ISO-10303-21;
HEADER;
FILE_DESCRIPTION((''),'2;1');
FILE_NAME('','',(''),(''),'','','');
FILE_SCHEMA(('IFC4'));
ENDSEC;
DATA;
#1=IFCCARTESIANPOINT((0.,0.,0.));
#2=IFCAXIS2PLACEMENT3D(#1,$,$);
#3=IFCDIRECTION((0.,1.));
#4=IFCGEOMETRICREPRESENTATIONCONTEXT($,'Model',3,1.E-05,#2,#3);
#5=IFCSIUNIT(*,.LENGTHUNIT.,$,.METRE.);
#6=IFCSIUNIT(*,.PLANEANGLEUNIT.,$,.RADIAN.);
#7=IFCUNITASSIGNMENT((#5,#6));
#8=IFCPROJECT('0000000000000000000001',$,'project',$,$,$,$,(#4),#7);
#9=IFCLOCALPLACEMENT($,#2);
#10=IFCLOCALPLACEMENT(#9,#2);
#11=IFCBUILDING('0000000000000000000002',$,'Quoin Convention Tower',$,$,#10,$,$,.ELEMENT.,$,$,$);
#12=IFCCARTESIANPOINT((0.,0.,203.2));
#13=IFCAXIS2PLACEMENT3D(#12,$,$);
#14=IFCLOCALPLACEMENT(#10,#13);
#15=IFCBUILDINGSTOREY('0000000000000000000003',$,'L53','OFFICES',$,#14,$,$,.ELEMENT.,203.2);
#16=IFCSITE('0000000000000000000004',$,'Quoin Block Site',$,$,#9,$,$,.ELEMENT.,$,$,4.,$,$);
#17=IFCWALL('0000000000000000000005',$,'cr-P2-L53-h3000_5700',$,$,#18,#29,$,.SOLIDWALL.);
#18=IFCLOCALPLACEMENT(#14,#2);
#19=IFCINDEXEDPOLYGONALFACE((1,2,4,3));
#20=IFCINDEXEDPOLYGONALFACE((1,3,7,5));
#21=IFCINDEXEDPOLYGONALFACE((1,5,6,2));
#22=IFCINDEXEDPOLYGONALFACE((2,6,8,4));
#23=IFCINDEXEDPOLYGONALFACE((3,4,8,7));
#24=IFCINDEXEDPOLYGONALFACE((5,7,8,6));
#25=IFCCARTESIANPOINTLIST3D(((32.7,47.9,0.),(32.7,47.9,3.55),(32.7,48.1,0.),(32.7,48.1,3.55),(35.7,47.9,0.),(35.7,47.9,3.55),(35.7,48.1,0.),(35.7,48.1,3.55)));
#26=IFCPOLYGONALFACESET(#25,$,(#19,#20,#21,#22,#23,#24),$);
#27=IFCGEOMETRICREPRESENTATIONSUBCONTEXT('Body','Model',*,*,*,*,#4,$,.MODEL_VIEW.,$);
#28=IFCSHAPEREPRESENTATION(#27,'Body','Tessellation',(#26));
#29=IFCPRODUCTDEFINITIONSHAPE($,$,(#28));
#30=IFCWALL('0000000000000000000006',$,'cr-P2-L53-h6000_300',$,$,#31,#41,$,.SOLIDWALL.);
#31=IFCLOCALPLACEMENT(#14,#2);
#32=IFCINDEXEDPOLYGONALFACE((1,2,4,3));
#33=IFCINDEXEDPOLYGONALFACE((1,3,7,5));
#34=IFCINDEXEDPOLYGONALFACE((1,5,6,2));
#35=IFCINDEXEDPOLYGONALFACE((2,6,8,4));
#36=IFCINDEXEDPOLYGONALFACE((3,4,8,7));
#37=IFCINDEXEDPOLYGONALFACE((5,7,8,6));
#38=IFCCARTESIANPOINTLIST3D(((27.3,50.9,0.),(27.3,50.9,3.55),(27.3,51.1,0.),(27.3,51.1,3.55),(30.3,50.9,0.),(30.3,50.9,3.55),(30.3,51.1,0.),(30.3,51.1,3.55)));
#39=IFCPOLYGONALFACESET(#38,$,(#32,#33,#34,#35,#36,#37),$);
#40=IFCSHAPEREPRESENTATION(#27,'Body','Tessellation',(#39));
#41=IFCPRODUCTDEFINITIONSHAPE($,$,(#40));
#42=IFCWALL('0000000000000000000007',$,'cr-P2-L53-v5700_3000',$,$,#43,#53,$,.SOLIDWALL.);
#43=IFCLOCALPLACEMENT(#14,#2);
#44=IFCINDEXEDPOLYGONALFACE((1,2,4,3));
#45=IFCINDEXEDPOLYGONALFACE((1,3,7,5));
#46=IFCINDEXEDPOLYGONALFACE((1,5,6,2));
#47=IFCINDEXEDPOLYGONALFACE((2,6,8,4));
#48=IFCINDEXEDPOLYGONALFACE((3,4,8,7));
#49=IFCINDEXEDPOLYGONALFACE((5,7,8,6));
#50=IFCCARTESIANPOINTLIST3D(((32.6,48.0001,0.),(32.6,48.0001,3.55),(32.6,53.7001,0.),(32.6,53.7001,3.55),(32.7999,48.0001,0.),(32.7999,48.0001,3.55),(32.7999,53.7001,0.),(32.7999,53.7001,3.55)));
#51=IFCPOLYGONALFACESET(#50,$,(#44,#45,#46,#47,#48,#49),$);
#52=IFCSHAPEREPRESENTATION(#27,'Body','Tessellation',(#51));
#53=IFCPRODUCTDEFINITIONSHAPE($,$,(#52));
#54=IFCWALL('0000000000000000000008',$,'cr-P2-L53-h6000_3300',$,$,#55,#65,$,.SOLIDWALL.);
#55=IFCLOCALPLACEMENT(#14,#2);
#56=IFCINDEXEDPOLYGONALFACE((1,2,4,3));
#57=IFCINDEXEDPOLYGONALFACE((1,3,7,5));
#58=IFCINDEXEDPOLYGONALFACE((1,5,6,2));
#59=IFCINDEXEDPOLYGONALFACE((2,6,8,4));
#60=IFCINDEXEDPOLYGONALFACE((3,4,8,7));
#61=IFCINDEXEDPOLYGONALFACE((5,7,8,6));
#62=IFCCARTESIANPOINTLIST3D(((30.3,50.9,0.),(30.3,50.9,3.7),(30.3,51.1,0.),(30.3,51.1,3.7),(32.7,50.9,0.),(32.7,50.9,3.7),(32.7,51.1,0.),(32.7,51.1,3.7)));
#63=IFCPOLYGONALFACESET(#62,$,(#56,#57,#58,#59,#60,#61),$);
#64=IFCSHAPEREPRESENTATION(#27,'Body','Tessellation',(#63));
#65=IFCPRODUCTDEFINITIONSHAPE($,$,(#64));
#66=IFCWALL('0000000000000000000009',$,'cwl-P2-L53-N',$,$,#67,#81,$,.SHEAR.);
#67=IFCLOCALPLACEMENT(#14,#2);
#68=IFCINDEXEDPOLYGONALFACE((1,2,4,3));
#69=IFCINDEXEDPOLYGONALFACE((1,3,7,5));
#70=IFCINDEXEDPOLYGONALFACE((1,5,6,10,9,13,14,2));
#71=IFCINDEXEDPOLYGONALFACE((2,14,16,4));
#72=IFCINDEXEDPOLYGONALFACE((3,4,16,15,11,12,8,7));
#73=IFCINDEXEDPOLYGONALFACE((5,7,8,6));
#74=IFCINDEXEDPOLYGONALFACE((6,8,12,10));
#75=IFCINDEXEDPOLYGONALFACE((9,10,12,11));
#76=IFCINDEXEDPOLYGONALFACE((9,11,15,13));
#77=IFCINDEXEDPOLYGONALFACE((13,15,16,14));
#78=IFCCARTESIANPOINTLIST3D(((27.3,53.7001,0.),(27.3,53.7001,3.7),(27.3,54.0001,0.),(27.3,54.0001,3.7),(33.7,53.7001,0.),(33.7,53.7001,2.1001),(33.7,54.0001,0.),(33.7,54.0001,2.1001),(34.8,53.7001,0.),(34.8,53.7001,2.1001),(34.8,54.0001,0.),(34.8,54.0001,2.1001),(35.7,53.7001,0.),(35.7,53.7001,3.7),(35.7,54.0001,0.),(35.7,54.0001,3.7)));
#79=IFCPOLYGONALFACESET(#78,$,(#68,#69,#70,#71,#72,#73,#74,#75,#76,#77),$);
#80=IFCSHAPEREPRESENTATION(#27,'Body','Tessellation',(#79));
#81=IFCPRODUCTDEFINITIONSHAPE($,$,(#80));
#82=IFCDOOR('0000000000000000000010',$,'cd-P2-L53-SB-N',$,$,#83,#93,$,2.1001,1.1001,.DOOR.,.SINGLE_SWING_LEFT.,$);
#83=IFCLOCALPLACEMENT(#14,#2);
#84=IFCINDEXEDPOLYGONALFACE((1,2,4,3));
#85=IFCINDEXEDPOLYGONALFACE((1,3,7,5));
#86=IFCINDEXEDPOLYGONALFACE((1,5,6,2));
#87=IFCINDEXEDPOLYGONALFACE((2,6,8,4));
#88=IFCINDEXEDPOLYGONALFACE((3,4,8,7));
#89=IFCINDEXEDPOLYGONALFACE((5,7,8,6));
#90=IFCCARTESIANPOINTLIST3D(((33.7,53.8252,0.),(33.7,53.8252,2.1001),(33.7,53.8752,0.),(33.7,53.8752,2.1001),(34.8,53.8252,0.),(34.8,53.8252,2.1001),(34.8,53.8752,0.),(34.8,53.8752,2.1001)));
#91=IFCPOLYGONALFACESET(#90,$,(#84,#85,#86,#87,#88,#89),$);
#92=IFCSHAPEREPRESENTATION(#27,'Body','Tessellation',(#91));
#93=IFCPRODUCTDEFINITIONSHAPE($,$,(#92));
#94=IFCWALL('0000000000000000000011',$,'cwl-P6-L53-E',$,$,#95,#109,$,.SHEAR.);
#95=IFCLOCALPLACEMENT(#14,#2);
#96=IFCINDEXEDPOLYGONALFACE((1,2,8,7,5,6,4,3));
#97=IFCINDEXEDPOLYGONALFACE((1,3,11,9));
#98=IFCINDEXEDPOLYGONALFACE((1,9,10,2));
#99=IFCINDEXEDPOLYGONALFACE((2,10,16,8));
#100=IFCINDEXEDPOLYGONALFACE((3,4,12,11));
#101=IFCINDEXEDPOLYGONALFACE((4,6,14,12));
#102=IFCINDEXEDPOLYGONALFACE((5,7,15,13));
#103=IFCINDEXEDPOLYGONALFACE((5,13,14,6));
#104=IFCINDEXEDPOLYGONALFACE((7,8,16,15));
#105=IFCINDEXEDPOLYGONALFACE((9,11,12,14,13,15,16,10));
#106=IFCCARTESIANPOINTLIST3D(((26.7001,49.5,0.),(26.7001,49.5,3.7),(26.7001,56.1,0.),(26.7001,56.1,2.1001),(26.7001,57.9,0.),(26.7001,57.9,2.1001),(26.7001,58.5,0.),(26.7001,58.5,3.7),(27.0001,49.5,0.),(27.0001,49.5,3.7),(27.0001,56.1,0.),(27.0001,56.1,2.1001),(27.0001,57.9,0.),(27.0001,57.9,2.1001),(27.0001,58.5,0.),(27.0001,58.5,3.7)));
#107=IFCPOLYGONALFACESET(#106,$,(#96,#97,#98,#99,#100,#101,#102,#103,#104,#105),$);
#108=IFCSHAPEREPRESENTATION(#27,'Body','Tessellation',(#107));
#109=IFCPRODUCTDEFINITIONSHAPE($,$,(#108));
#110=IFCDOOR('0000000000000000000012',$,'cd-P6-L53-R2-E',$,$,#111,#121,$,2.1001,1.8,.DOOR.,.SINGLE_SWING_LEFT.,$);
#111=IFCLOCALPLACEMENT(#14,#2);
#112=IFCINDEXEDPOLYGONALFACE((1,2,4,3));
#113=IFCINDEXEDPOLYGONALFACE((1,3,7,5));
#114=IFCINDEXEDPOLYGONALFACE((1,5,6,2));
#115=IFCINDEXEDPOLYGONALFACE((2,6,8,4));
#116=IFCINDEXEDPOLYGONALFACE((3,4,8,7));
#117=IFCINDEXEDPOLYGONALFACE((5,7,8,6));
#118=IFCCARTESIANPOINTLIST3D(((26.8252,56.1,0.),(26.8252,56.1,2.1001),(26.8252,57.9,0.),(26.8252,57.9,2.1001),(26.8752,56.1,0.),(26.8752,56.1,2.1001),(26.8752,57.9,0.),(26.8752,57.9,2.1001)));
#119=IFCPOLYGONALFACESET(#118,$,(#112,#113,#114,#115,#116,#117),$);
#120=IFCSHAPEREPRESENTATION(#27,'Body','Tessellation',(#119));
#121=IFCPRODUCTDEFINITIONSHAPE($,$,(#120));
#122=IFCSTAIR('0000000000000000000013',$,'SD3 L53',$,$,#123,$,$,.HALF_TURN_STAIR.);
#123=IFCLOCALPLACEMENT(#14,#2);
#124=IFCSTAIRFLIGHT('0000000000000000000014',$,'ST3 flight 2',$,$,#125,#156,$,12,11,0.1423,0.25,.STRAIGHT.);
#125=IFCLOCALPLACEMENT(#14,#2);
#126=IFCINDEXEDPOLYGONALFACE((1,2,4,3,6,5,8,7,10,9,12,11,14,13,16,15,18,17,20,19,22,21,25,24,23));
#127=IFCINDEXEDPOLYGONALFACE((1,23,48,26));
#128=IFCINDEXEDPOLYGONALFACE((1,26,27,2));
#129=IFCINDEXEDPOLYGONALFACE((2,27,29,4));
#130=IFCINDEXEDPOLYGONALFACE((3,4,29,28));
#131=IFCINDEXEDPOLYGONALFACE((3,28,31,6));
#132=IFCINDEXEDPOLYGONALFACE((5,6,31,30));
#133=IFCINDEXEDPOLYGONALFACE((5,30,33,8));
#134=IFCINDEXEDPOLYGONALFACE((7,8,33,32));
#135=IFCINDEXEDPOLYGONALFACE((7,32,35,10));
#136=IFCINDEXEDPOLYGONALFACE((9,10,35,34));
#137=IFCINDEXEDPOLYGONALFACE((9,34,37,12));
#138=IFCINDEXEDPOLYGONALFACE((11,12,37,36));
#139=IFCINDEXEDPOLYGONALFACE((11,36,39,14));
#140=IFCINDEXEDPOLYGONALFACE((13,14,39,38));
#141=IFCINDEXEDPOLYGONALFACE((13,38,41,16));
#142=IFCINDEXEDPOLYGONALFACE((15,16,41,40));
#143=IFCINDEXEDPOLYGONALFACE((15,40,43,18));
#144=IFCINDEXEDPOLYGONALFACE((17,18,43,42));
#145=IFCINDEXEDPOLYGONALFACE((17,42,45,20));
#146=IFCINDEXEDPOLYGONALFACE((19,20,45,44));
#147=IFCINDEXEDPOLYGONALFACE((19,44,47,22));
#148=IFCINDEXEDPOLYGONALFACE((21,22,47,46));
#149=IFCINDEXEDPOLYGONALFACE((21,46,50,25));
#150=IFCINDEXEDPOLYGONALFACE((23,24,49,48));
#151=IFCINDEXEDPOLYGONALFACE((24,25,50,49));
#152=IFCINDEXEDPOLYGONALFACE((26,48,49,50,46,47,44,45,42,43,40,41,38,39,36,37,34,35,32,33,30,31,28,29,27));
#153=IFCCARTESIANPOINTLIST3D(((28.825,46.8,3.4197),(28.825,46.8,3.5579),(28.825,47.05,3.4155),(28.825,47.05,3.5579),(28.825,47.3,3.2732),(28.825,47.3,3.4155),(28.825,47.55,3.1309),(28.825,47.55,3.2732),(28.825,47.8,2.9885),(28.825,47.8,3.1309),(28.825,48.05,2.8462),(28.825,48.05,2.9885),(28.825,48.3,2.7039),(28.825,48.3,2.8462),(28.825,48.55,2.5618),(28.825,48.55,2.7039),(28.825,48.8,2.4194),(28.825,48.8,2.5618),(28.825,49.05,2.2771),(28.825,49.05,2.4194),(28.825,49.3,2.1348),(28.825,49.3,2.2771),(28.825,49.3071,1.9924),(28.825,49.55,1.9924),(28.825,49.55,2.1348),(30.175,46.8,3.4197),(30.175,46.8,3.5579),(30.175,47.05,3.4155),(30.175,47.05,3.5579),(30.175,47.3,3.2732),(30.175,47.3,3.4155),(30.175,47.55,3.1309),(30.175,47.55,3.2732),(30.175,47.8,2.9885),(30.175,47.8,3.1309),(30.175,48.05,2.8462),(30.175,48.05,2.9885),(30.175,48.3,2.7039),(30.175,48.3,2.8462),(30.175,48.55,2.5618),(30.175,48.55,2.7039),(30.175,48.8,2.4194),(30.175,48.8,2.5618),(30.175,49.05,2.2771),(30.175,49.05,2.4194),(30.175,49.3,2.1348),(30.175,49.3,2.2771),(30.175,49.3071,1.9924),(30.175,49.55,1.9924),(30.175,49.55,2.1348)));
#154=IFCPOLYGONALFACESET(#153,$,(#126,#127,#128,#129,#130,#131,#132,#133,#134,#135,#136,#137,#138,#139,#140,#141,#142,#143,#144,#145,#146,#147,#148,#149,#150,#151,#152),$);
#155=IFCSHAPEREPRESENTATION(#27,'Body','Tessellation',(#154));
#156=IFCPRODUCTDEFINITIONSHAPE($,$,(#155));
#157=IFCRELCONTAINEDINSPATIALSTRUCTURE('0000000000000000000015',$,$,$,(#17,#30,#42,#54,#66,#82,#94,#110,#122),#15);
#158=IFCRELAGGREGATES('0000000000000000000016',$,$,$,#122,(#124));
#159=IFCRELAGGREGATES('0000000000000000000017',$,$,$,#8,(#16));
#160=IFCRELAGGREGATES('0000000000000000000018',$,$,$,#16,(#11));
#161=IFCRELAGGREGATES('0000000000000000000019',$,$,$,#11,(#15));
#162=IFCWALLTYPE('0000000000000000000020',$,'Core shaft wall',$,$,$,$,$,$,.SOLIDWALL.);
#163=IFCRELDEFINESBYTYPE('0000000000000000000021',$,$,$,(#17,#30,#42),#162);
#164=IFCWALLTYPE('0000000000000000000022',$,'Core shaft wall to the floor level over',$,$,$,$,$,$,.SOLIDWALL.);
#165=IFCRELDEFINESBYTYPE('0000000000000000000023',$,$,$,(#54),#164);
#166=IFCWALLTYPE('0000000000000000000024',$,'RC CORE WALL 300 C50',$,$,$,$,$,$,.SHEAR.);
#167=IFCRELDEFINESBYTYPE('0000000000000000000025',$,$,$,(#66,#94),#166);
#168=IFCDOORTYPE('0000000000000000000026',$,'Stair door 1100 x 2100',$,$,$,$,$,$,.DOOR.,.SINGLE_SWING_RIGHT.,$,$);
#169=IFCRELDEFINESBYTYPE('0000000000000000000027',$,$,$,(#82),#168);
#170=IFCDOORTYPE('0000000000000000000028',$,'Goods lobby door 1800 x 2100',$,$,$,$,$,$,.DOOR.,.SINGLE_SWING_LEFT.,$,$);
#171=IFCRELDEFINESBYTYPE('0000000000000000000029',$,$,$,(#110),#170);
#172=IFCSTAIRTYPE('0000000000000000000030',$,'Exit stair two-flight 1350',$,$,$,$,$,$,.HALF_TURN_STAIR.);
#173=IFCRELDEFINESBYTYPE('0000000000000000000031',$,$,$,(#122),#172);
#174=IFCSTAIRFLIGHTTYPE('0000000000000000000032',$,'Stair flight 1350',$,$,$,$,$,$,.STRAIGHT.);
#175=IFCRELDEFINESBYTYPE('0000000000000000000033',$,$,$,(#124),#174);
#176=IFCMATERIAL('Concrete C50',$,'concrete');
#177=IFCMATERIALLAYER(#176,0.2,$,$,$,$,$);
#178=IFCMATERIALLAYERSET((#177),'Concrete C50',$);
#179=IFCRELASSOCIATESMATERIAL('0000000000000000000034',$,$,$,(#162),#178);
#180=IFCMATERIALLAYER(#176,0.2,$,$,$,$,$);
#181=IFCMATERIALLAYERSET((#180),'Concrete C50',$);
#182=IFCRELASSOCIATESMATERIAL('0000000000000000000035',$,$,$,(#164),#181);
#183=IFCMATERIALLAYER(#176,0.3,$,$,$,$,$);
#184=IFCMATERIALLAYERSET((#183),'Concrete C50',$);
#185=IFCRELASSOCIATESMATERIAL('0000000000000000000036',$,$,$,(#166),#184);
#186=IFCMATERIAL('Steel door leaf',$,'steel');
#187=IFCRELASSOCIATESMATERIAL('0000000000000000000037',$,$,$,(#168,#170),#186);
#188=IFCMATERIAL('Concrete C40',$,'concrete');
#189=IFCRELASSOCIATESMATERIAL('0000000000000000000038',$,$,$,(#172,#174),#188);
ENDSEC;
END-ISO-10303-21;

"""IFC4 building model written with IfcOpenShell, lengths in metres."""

from ifc_helpers import new_model, si_unit, direction, frame, frame_2d, origin, place, context, subcontext, project, spatial, polyline, rectangle, outline, extrude, material, layer, layer_set, type_object, element, fill, aggregate, save


model = new_model("IFC4")

# Units and contexts
model_context = context("Model", 3, precision=1e-05, world=origin(), true_north=direction((0.0, 1.0)))
body_context = subcontext(model_context, "Body", "Model", "MODEL_VIEW")
ifc_project = project(units=[si_unit("LENGTHUNIT", "METRE"), si_unit("PLANEANGLEUNIT", "RADIAN")], contexts=[model_context])

# Site, building, storey
site_placement = place(None, origin())
site = spatial("IfcSite", under=ifc_project, at=site_placement, Name="Quoin Block Site", CompositionType="ELEMENT", RefElevation=4.0)
building_placement = place(site_placement, origin())
building = spatial("IfcBuilding", under=site, at=building_placement, Name="Quoin Convention Tower", CompositionType="ELEMENT")
storey_placement = place(building_placement, frame((0.0, 0.0, 203.2)))
storey = spatial("IfcBuildingStorey", under=building, at=storey_placement, Name="L53", Description="OFFICES", CompositionType="ELEMENT", Elevation=203.2)

# Shared definitions
ifc_material_1 = material(Name="Concrete C50", Category="concrete")

# Walls
ifc_layer_1 = layer(ifc_material_1, 0.2)
ifc_layer_set_1 = layer_set([ifc_layer_1], Name="Concrete C50")
wall_type_1 = type_object("IfcWallType", Name="Core shaft wall", PredefinedType="SOLIDWALL", material=ifc_layer_set_1)
for number, where, z_axis, x_axis, name in (
    (1, (32.7, 48.0, 0.0), (0.0, 0.0, 1.0), (1.0, 0.0, 0.0), "cr-P2-L53-h3000_5700"),
    (2, (27.3, 51.0, 0.0), (0.0, 0.0, 1.0), (1.0, 0.0, 0.0), "cr-P2-L53-h6000_300"),
):
    element("IfcWall", number, at=place(storey_placement, frame(where, z_axis=z_axis, x_axis=x_axis)), inside=storey, type_object=wall_type_1, Name=name, PredefinedType="SOLIDWALL", context=body_context, shape_type="SweptSolid", body=[
        extrude(rectangle(XDim=3.0, YDim=0.2, at=frame_2d((1.5, 0.0))), origin(), (0.0, 0.0, 1.0), 3.55),
    ])
wall_1_placement = place(storey_placement, frame((32.7, 48.0, 0.0), z_axis=(0.0, 0.0, 1.0), x_axis=(0.0, 1.0, 0.0)))
element("IfcWall", 3, at=wall_1_placement, inside=storey, type_object=wall_type_1, Name="cr-P2-L53-v5700_3000", PredefinedType="SOLIDWALL", context=body_context, shape_type="SweptSolid", body=[
    extrude(rectangle(XDim=5.7, YDim=0.2, at=frame_2d((2.8501, 0.0))), origin(), (0.0, 0.0, 1.0), 3.55),
])
ifc_layer_2 = layer(ifc_material_1, 0.2)
ifc_layer_set_2 = layer_set([ifc_layer_2], Name="Concrete C50")
wall_type_2 = type_object("IfcWallType", Name="Core shaft wall to the floor level over", PredefinedType="SOLIDWALL", material=ifc_layer_set_2)
wall_2_placement = place(storey_placement, frame((30.3, 51.0, 0.0), z_axis=(0.0, 0.0, 1.0), x_axis=(1.0, 0.0, 0.0)))
element("IfcWall", 4, at=wall_2_placement, inside=storey, type_object=wall_type_2, Name="cr-P2-L53-h6000_3300", PredefinedType="SOLIDWALL", context=body_context, shape_type="SweptSolid", body=[
    extrude(rectangle(XDim=2.3999, YDim=0.2, at=frame_2d((1.2, 0.0))), origin(), (0.0, 0.0, 1.0), 3.7),
])

# Walls, openings, doors
ifc_layer_3 = layer(ifc_material_1, 0.3)
ifc_layer_set_3 = layer_set([ifc_layer_3], Name="Concrete C50")
wall_type_3 = type_object("IfcWallType", Name="RC CORE WALL 300 C50", PredefinedType="SHEAR", material=ifc_layer_set_3)
wall_3_placement = place(storey_placement, frame((27.3, 53.8501, 0.0), z_axis=(0.0, 0.0, 1.0), x_axis=(1.0, 0.0, 0.0)))
wall_3 = element("IfcWall", 5, at=wall_3_placement, inside=storey, type_object=wall_type_3, Name="cwl-P2-L53-N", PredefinedType="SHEAR", context=body_context, shape_type="SweptSolid", body=[
    extrude(rectangle(XDim=8.3999, YDim=0.3, at=frame_2d((4.2, 0.0))), origin(), (0.0, 0.0, 1.0), 3.7),
])
opening_1_placement = place(wall_3_placement, frame((6.3999, 0.0, 0.0)))
opening_1 = element("IfcOpeningElement", 6, at=opening_1_placement, cuts=wall_3, PredefinedType="OPENING", context=body_context, shape_type="SweptSolid", body=[
    extrude(rectangle(XDim=1.1001, YDim=2.1001, at=frame_2d((0.55, 1.05))), frame((0.0, 0.1599, 0.0), z_axis=(0.0, -1.0, 0.0), x_axis=(1.0, 0.0, 0.0)), (0.0, 0.0, 1.0), 0.3201),
])
ifc_material_2 = material(Name="Steel door leaf", Category="steel")
door_type_1 = type_object("IfcDoorType", Name="Stair door 1100 x 2100", OperationType="SINGLE_SWING_RIGHT", PredefinedType="DOOR", material=ifc_material_2)
door_1_placement = place(opening_1_placement, frame((1.1001, 0.0, 0.0), z_axis=(0.0, 0.0, 1.0), x_axis=(-1.0, 0.0, 0.0)))
door_1 = element("IfcDoor", 7, at=door_1_placement, inside=storey, type_object=door_type_1, Name="cd-P2-L53-SB-N", OperationType="SINGLE_SWING_LEFT", OverallHeight=2.1001, OverallWidth=1.1001, PredefinedType="DOOR", context=body_context, shape_type="SweptSolid", body=[
    extrude(rectangle(XDim=1.1001, YDim=2.1001, at=frame_2d((0.55, 1.05))), frame((0.0, 0.0249, 0.0), z_axis=(0.0, -1.0, 0.0), x_axis=(1.0, 0.0, 0.0)), (0.0, 0.0, 1.0), 0.05),
])
fill(opening_1, door_1)
wall_4_placement = place(storey_placement, frame((26.8501, 49.5, 0.0), z_axis=(0.0, 0.0, 1.0), x_axis=(0.0, 1.0, 0.0)))
wall_4 = element("IfcWall", 8, at=wall_4_placement, inside=storey, type_object=wall_type_3, Name="cwl-P6-L53-E", PredefinedType="SHEAR", context=body_context, shape_type="SweptSolid", body=[
    extrude(rectangle(XDim=9.0, YDim=0.3, at=frame_2d((4.5, 0.0))), origin(), (0.0, 0.0, 1.0), 3.7),
])
opening_2_placement = place(wall_4_placement, frame((6.6001, 0.0, 0.0)))
opening_2 = element("IfcOpeningElement", 9, at=opening_2_placement, cuts=wall_4, PredefinedType="OPENING", context=body_context, shape_type="SweptSolid", body=[
    extrude(rectangle(XDim=1.8, YDim=2.1001, at=frame_2d((0.8999, 1.05))), frame((0.0, 0.1599, 0.0), z_axis=(0.0, -1.0, 0.0), x_axis=(1.0, 0.0, 0.0)), (0.0, 0.0, 1.0), 0.3201),
])
door_type_2 = type_object("IfcDoorType", Name="Goods lobby door 1800 x 2100", OperationType="SINGLE_SWING_LEFT", PredefinedType="DOOR", material=ifc_material_2)
door_2_placement = place(opening_2_placement, origin())
door_2 = element("IfcDoor", 10, at=door_2_placement, inside=storey, type_object=door_type_2, Name="cd-P6-L53-R2-E", OperationType="SINGLE_SWING_LEFT", OverallHeight=2.1001, OverallWidth=1.8, PredefinedType="DOOR", context=body_context, shape_type="SweptSolid", body=[
    extrude(rectangle(XDim=1.8, YDim=2.1001, at=frame_2d((0.8999, 1.05))), frame((0.0, 0.0249, 0.0), z_axis=(0.0, -1.0, 0.0), x_axis=(1.0, 0.0, 0.0)), (0.0, 0.0, 1.0), 0.05),
])
fill(opening_2, door_2)

# Stair, stair flight
ifc_material_3 = material(Name="Concrete C40", Category="concrete")
stair_type_1 = type_object("IfcStairType", Name="Exit stair two-flight 1350", PredefinedType="HALF_TURN_STAIR", material=ifc_material_3)
stair_1_placement = place(storey_placement, origin())
stair_1 = element("IfcStair", 11, at=stair_1_placement, inside=storey, type_object=stair_type_1, Name="SD3 L53", PredefinedType="HALF_TURN_STAIR")
stair_flight_type_1 = type_object("IfcStairFlightType", Name="Stair flight 1350", PredefinedType="STRAIGHT", material=ifc_material_3)
stair_flight_1_placement = place(storey_placement, frame((29.5, 49.55, 1.9924), z_axis=(0.0, 0.0, 1.0), x_axis=(0.0, -1.0, 0.0)))
stair_flight_1 = element("IfcStairFlight", 12, at=stair_flight_1_placement, type_object=stair_flight_type_1, Name="ST3 flight 2", NumberOfRisers=12, NumberOfTreads=11, PredefinedType="STRAIGHT", RiserHeight=0.1423, TreadLength=0.25, context=body_context, shape_type="SweptSolid", body=[
    extrude(outline(polyline([(0.0, 0.0), (0.0, 0.1423), (0.25, 0.1423), (0.25, 0.2847), (0.5, 0.2847), (0.5, 0.427), (0.75, 0.427), (0.75, 0.5693), (1.0, 0.5693), (1.0, 0.7114), (1.25, 0.7114), (1.25, 0.8538), (1.5, 0.8538), (1.5, 0.9961), (1.75, 0.9961), (1.75, 1.1384), (2.0, 1.1384), (2.0, 1.2808), (2.25, 1.2808), (2.25, 1.4231), (2.5, 1.4231), (2.5, 1.5654), (2.75, 1.5654), (2.75, 1.7078), (2.75, 1.4272), (0.2429, 0.0), (0.0, 0.0)])), frame((0.0, 0.675, 0.0), z_axis=(0.0, -1.0, 0.0), x_axis=(1.0, 0.0, 0.0)), (0.0, 0.0, 1.0), 1.3501),
])
aggregate(stair_1, [stair_flight_1])

save(model, "model.ifc")
